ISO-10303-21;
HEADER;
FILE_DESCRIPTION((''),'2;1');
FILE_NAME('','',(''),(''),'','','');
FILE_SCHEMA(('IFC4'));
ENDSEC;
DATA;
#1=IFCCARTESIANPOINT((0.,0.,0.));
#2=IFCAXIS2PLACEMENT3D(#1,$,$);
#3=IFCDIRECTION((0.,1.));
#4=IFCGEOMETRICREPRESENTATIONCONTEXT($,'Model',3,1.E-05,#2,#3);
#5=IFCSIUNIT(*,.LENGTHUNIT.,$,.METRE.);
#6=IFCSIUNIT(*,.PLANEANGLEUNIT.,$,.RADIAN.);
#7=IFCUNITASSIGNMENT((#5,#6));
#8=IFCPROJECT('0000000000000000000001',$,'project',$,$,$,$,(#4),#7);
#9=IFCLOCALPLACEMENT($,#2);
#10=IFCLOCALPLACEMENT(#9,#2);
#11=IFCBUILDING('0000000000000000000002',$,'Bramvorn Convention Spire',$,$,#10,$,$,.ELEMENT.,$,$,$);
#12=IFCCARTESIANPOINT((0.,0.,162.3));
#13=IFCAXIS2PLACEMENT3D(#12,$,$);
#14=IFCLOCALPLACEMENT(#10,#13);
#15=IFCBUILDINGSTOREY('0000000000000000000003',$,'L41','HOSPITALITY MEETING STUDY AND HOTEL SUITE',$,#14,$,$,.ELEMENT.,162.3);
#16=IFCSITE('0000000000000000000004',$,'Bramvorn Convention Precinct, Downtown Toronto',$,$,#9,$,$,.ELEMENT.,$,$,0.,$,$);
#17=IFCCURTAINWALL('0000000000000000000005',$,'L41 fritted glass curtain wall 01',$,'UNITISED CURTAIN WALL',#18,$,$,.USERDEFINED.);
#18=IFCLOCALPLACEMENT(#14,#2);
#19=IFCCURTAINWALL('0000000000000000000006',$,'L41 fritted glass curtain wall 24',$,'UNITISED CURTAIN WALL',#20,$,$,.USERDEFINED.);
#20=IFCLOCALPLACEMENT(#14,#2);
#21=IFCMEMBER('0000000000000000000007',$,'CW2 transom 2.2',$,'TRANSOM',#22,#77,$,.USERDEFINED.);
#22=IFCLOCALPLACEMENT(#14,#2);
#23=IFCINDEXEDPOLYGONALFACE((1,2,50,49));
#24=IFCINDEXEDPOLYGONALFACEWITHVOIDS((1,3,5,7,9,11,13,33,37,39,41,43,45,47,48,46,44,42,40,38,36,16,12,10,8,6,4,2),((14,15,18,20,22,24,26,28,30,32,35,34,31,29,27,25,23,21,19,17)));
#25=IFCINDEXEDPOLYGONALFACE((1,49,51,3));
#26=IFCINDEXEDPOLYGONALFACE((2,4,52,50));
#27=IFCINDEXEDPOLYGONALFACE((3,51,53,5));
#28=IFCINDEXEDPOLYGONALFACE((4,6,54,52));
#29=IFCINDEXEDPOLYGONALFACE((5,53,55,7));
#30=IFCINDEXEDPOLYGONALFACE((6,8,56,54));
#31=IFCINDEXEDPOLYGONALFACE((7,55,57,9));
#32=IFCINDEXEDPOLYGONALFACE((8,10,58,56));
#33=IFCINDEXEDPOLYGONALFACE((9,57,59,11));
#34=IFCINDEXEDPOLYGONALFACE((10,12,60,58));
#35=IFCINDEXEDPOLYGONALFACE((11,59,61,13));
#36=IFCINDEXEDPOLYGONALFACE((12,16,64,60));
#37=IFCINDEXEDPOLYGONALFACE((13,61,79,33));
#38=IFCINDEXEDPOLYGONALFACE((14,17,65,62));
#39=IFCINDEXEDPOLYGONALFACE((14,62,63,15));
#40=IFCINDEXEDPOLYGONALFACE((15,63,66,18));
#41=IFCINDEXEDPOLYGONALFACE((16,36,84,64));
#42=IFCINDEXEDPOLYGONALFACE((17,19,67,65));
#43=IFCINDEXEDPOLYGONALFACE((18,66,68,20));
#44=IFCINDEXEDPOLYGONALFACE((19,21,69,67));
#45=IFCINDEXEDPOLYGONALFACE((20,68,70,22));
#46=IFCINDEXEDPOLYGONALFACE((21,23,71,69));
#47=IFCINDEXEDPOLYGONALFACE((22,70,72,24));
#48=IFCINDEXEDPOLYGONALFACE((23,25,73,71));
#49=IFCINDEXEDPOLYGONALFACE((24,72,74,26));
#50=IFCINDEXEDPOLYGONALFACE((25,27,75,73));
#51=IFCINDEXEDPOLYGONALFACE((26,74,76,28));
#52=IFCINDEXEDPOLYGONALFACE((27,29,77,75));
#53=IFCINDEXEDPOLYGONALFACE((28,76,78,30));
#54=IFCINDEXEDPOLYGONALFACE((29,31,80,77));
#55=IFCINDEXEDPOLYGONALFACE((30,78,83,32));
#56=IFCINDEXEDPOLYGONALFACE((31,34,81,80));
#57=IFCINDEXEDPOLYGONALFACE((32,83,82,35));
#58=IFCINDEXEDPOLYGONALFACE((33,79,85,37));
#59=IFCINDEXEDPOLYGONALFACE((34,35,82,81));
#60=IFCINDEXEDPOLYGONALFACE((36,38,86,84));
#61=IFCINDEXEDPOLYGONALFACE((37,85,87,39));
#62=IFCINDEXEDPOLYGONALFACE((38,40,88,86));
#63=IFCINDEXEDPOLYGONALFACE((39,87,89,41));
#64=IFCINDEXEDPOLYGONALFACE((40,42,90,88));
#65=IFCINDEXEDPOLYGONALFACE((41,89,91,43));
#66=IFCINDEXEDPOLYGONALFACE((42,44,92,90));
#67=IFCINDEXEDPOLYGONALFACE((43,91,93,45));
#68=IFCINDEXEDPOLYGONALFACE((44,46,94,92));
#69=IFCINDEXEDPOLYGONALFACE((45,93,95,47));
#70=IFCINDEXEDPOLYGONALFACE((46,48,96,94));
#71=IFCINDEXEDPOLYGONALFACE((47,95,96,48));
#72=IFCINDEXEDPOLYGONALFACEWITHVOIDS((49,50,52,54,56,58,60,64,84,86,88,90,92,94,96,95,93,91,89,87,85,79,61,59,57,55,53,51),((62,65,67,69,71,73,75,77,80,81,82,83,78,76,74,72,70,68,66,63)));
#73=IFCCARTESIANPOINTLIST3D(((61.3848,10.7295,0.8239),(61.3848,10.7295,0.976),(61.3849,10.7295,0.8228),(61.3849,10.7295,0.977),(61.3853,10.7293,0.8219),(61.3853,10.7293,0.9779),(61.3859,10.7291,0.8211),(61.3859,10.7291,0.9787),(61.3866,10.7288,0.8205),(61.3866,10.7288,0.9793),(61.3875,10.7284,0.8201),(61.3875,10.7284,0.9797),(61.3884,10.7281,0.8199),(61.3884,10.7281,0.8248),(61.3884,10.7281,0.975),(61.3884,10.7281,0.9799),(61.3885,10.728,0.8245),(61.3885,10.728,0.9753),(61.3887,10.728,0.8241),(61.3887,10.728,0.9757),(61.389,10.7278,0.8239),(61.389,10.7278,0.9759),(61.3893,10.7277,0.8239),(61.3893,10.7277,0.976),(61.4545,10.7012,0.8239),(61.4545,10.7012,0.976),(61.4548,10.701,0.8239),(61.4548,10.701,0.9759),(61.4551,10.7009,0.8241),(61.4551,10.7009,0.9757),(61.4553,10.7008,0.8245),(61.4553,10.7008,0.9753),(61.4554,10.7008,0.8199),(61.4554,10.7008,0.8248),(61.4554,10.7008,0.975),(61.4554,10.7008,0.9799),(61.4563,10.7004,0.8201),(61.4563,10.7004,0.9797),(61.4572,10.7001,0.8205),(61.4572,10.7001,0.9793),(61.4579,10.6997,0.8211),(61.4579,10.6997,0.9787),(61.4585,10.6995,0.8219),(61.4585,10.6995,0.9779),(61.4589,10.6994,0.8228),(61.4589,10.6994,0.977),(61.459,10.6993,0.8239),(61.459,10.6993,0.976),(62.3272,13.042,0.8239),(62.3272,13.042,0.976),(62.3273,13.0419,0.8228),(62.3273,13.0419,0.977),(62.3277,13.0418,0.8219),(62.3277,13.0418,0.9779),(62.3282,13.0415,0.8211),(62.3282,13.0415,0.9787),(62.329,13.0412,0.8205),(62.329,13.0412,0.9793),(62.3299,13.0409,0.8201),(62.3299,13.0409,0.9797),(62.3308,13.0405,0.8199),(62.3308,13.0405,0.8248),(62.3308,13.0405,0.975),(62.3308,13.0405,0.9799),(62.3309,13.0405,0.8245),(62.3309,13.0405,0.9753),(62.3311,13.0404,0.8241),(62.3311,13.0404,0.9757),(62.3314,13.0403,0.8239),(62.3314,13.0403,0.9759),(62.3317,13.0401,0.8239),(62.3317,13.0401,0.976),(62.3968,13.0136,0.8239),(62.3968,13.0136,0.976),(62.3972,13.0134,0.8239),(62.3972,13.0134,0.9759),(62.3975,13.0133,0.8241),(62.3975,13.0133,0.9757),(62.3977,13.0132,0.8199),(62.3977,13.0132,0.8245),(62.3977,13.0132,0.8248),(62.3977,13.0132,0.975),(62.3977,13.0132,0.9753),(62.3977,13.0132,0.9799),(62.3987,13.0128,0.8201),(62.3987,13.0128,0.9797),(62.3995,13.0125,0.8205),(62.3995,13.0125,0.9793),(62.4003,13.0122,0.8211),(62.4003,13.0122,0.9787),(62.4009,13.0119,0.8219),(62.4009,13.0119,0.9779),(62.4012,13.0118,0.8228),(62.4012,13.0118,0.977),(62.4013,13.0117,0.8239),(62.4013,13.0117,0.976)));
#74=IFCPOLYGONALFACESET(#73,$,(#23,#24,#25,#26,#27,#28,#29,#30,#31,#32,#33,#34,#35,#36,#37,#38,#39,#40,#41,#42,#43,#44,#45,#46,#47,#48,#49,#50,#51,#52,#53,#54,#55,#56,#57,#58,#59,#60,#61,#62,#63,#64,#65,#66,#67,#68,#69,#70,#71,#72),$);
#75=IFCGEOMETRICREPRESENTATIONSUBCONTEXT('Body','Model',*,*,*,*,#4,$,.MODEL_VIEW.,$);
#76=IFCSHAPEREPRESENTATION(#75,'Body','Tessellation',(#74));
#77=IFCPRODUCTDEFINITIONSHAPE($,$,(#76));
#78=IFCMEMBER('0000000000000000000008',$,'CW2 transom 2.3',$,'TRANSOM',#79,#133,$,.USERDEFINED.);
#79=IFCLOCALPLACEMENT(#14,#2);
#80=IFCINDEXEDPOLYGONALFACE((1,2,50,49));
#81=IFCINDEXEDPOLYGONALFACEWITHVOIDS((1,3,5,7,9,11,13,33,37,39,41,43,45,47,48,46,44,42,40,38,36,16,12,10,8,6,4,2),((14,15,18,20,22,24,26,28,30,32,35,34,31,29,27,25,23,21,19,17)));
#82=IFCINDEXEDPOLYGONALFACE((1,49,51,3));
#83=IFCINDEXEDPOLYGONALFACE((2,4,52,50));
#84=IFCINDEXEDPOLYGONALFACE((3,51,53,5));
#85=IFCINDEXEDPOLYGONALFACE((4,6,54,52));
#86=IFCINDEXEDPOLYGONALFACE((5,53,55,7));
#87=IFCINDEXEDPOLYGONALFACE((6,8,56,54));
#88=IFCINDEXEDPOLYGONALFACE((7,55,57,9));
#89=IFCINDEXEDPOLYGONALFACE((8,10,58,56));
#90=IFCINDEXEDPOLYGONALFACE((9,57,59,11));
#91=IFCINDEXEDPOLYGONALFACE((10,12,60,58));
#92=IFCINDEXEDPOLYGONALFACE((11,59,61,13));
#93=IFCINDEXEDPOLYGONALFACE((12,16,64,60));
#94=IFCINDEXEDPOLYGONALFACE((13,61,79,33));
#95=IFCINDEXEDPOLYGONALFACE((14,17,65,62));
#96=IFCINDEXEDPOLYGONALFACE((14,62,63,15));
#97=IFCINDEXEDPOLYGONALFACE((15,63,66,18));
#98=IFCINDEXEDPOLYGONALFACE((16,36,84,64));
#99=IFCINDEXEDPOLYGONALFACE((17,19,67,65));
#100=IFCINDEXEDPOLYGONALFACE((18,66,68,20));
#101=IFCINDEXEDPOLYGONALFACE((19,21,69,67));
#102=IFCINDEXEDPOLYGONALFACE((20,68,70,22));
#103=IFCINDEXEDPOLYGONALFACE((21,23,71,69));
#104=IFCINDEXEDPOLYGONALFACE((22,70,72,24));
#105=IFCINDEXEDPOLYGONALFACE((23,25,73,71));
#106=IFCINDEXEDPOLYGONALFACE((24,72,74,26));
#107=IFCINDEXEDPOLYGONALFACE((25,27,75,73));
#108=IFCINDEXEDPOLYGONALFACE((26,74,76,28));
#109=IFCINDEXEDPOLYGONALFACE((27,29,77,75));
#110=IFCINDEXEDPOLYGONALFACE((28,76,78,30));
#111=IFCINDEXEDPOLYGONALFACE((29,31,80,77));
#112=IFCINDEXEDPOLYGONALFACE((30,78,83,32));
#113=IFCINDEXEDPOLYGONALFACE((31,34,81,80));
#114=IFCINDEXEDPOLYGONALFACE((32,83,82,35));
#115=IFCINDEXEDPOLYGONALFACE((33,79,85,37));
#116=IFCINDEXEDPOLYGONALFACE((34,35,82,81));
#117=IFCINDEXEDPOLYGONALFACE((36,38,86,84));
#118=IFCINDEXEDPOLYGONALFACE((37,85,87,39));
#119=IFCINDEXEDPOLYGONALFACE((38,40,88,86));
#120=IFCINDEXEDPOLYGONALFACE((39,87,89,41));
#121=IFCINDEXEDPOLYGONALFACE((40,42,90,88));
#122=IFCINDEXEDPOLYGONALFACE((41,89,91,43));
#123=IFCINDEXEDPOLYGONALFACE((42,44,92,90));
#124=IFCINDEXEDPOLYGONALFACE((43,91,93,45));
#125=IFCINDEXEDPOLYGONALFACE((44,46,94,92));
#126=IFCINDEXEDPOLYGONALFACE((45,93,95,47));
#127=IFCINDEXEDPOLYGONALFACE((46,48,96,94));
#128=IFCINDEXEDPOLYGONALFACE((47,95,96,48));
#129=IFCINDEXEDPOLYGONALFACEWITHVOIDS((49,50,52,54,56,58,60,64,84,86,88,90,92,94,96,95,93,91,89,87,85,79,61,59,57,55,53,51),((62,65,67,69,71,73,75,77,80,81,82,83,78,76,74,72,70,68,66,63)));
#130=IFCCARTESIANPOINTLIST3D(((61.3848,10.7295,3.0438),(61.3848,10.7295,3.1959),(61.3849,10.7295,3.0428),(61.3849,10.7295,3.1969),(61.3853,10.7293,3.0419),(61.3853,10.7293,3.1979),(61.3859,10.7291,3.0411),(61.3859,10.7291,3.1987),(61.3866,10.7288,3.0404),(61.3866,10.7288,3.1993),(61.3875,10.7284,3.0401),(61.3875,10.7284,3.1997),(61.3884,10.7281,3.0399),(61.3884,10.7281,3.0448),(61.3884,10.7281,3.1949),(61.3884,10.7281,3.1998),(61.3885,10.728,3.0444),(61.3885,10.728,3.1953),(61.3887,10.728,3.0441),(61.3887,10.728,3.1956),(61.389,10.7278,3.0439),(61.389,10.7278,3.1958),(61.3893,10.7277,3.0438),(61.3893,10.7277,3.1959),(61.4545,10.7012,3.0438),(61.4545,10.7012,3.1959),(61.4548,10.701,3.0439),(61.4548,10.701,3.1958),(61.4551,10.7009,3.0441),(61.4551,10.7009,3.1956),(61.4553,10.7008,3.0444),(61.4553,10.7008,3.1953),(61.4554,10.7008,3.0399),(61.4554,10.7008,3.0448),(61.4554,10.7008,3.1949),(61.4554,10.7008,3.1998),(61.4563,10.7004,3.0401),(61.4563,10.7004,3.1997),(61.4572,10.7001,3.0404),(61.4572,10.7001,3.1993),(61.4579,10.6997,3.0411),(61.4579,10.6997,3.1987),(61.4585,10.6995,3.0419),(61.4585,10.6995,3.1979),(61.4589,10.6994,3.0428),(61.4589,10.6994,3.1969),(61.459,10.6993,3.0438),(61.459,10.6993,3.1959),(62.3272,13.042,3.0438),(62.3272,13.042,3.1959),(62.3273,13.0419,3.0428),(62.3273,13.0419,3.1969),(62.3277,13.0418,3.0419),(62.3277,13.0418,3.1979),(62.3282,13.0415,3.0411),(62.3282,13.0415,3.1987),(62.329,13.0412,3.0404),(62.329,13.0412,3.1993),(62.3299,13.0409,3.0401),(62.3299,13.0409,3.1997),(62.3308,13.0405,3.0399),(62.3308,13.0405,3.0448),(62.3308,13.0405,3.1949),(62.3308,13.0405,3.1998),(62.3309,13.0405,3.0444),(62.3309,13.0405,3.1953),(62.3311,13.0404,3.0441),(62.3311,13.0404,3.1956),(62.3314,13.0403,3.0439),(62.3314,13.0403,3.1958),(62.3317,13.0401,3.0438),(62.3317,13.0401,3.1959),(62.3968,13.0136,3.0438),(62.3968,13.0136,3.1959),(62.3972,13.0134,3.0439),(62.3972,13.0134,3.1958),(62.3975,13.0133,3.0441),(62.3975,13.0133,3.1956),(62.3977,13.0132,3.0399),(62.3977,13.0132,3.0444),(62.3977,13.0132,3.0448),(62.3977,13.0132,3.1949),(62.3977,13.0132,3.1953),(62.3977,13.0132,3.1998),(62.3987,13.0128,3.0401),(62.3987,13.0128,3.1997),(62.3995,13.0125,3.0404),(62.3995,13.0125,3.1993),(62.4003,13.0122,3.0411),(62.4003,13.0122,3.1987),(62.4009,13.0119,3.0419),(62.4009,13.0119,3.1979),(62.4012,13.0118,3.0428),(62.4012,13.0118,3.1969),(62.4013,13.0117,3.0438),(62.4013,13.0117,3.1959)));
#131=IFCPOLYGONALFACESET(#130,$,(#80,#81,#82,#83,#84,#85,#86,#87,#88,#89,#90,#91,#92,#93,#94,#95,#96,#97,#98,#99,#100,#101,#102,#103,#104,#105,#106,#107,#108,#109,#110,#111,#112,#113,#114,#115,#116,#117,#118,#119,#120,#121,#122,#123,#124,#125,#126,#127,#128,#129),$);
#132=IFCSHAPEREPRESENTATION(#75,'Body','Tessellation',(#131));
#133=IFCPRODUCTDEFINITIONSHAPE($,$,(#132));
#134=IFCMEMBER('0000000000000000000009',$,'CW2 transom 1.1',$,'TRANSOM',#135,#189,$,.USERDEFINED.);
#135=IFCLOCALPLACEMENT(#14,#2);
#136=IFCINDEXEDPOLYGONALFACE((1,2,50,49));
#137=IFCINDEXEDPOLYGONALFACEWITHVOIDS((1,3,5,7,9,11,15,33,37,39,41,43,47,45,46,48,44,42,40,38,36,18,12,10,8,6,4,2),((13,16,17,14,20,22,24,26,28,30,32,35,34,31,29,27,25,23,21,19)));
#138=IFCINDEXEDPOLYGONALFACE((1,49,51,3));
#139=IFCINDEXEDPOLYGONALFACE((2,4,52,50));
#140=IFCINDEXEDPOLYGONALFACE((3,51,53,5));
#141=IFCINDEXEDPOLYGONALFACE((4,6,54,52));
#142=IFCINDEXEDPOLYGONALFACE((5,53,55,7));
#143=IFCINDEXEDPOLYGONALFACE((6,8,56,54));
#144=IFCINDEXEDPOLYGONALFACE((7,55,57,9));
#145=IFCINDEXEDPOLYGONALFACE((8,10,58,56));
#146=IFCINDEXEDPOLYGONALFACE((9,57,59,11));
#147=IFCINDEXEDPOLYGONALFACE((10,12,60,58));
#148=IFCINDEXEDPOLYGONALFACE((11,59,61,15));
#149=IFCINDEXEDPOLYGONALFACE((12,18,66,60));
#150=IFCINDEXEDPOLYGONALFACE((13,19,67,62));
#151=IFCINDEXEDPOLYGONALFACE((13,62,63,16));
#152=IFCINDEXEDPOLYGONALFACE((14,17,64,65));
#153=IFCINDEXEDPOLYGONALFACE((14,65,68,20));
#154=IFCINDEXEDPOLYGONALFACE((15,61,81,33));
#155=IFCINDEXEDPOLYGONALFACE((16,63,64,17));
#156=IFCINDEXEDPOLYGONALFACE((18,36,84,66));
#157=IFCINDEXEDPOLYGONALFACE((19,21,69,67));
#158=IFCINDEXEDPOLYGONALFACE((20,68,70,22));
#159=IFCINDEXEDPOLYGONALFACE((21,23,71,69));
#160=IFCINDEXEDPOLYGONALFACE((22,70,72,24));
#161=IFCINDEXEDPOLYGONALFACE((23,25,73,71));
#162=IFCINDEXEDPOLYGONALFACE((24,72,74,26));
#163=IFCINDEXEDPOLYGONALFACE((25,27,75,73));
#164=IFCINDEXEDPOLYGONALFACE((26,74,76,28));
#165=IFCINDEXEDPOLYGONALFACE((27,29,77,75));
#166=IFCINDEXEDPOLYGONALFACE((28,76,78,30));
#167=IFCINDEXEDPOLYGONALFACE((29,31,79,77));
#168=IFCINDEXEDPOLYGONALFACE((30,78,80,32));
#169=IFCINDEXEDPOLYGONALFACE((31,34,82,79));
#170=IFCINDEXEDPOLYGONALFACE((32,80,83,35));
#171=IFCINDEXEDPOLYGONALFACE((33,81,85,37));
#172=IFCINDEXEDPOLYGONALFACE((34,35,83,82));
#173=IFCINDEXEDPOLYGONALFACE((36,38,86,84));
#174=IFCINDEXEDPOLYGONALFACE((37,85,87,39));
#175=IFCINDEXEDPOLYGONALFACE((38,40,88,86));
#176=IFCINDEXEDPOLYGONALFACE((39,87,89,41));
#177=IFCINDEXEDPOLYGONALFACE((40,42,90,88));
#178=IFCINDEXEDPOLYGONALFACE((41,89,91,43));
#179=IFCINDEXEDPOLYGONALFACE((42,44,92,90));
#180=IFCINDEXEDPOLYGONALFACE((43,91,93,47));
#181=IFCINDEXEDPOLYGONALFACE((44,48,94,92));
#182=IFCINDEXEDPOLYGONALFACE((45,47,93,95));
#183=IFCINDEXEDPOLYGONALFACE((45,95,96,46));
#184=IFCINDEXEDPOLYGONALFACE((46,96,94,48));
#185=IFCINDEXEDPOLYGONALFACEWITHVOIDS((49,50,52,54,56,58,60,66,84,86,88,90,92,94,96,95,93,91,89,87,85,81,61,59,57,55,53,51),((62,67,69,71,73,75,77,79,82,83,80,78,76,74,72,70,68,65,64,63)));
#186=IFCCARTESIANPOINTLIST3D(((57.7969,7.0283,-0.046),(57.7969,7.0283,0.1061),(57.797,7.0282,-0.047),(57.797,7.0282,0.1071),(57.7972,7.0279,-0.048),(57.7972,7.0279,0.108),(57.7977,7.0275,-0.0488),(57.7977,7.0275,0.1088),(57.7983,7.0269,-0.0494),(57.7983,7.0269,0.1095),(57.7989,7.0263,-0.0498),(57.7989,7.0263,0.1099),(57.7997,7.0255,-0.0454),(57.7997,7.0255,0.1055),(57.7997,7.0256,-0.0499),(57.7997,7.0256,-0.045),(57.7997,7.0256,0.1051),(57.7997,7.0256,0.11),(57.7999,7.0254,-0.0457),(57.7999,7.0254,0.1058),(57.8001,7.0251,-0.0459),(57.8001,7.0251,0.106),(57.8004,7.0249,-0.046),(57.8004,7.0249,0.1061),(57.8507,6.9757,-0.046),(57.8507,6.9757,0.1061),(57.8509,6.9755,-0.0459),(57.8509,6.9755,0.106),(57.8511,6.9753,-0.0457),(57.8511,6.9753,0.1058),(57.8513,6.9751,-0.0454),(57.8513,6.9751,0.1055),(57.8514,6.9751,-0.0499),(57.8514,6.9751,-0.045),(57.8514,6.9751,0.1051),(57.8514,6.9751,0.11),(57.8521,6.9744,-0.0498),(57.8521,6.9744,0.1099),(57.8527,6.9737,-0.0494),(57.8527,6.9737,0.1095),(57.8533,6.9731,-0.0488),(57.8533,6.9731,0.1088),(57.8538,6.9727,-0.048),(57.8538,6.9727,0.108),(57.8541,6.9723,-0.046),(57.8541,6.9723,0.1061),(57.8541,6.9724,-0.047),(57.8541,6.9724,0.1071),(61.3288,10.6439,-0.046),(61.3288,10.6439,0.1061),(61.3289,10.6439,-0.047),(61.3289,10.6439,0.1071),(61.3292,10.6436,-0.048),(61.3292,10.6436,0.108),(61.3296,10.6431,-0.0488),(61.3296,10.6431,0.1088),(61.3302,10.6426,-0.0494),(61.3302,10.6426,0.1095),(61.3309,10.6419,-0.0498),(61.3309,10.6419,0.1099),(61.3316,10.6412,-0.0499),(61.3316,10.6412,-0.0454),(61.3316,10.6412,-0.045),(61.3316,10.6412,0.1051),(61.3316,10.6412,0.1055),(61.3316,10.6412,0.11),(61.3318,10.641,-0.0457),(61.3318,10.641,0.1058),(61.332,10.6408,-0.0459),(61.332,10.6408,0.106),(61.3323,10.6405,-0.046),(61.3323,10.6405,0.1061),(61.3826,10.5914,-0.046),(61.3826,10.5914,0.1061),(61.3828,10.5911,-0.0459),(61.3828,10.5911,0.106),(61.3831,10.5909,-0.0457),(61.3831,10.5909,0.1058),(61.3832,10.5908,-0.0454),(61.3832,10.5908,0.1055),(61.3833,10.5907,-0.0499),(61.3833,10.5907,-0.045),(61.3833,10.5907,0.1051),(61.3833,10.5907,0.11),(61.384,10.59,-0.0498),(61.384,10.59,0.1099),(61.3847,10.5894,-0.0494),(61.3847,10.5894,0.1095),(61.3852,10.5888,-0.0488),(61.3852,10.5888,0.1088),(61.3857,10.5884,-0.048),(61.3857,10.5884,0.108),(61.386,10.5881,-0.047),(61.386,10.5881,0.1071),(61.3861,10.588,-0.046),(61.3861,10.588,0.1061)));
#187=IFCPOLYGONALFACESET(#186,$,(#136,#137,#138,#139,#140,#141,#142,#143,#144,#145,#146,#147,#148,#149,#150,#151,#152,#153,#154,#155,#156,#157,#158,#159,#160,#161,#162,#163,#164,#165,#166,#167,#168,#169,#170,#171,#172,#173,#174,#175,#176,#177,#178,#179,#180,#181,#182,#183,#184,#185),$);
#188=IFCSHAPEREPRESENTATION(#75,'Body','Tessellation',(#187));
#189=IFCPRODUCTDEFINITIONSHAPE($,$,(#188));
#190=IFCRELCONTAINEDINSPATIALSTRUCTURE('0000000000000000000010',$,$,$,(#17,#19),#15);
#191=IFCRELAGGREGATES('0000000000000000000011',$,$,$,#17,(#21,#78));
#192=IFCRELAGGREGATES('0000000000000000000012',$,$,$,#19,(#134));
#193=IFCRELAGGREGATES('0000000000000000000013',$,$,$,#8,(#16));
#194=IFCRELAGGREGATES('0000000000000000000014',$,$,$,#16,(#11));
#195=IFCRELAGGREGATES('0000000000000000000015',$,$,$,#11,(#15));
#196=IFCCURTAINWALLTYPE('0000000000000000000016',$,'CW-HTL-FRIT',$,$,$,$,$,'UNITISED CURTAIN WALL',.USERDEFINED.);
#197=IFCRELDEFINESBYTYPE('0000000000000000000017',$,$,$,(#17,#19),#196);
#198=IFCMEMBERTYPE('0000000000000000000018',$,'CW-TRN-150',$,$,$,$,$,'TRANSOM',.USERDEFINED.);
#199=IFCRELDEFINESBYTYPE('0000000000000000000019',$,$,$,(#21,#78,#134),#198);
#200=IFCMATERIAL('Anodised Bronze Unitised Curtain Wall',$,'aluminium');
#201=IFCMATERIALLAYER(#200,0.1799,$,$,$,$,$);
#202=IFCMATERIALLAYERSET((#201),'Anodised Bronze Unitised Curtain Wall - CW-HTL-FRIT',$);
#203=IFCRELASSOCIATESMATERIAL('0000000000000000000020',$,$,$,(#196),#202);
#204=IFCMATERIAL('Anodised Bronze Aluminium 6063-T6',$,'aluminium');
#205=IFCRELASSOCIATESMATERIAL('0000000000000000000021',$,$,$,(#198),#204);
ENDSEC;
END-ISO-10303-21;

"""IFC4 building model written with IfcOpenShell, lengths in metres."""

from ifc_helpers import new_model, si_unit, direction, frame, origin, origin_2d, place, context, subcontext, project, spatial, hollow_rectangle, extrude, material, layer, layer_set, material_profile, profile_set, type_object, element, aggregate, save


model = new_model("IFC4")

# Units and contexts
model_context = context("Model", 3, precision=1e-05, world=origin(), true_north=direction((0.0, 1.0)))
body_context = subcontext(model_context, "Body", "Model", "MODEL_VIEW")
ifc_project = project(units=[si_unit("LENGTHUNIT", "METRE"), si_unit("PLANEANGLEUNIT", "RADIAN")], contexts=[model_context])

# Site, building, storey
site_placement = place(None, origin())
site = spatial("IfcSite", under=ifc_project, at=site_placement, Name="Bramvorn Convention Precinct, Downtown Toronto", CompositionType="ELEMENT", RefElevation=0.0)
building_placement = place(site_placement, origin())
building = spatial("IfcBuilding", under=site, at=building_placement, Name="Bramvorn Convention Spire", CompositionType="ELEMENT")
storey_placement = place(building_placement, frame((0.0, 0.0, 162.3)))
storey = spatial("IfcBuildingStorey", under=building, at=storey_placement, Name="L41", Description="HOSPITALITY MEETING STUDY AND HOTEL SUITE", CompositionType="ELEMENT", Elevation=162.3)

# Curtain walls
ifc_material_1 = material(Name="Anodised Bronze Unitised Curtain Wall", Category="aluminium")
ifc_layer_1 = layer(ifc_material_1, 0.1799)
ifc_layer_set_1 = layer_set([ifc_layer_1], Name="Anodised Bronze Unitised Curtain Wall - CW-HTL-FRIT")
curtain_wall_type = type_object("IfcCurtainWallType", Name="CW-HTL-FRIT", ElementType="UNITISED CURTAIN WALL", PredefinedType="USERDEFINED", material=ifc_layer_set_1)
curtain_wall_1_placement = place(storey_placement, origin())
curtain_wall_1 = element("IfcCurtainWall", 1, at=curtain_wall_1_placement, inside=storey, type_object=curtain_wall_type, Name="L41 fritted glass curtain wall 01", ObjectType="UNITISED CURTAIN WALL", PredefinedType="USERDEFINED")
ifc_material_2 = material(Name="Anodised Bronze Aluminium 6063-T6", Category="aluminium")
curtain_wall_2_placement = place(storey_placement, origin())
curtain_wall_2 = element("IfcCurtainWall", 2, at=curtain_wall_2_placement, inside=storey, type_object=curtain_wall_type, Name="L41 fritted glass curtain wall 24", ObjectType="UNITISED CURTAIN WALL", PredefinedType="USERDEFINED")

# Members
ifc_material_profile_1 = material_profile(ifc_material_2, hollow_rectangle(XDim=0.0801, YDim=0.1599, WallThickness=0.0039, InnerFilletRadius=0.001, OuterFilletRadius=0.0039, at=origin_2d()))
ifc_profile_set_1 = profile_set([ifc_material_profile_1], Name="Anodised Bronze Aluminium 6063-T6 - CWT80X160")
member_type_1 = type_object("IfcMemberType", Name="CW-TRN-150", ElementType="TRANSOM", PredefinedType="USERDEFINED", material=ifc_profile_set_1)
member_1_placement = place(storey_placement, frame((62.3643, 13.0269, 0.8999), z_axis=(-0.377384, -0.926057, 0.0), x_axis=(0.926057, -0.377384, 0.0)))
member_1 = element("IfcMember", 3, at=member_1_placement, type_object=member_type_1, Name="CW2 transom 2.2", ObjectType="TRANSOM", PredefinedType="USERDEFINED", context=body_context, shape_type="SweptSolid", body=[
    extrude(hollow_rectangle(XDim=0.0801, YDim=0.1599, WallThickness=0.0039, InnerFilletRadius=0.001, OuterFilletRadius=0.0039, at=origin_2d()), origin(), (0.0, 0.0, 1.0), 2.4971),
])
member_2_placement = place(storey_placement, frame((62.3643, 13.0269, 3.1199), z_axis=(-0.377384, -0.926057, 0.0), x_axis=(0.926057, -0.377384, 0.0)))
member_2 = element("IfcMember", 4, at=member_2_placement, type_object=member_type_1, Name="CW2 transom 2.3", ObjectType="TRANSOM", PredefinedType="USERDEFINED", context=body_context, shape_type="SweptSolid", body=[
    extrude(hollow_rectangle(XDim=0.0801, YDim=0.1599, WallThickness=0.0039, InnerFilletRadius=0.001, OuterFilletRadius=0.0039, at=origin_2d()), origin(), (0.0, 0.0, 1.0), 2.4971),
])
member_3_placement = place(storey_placement, frame((61.3574, 10.616, 0.03), z_axis=(-0.698775, -0.715342, 0.0), x_axis=(0.715342, -0.698775, 0.0)))
member_3 = element("IfcMember", 5, at=member_3_placement, type_object=member_type_1, Name="CW2 transom 1.1", ObjectType="TRANSOM", PredefinedType="USERDEFINED", context=body_context, shape_type="SweptSolid", body=[
    extrude(hollow_rectangle(XDim=0.0801, YDim=0.1599, WallThickness=0.0039, InnerFilletRadius=0.001, OuterFilletRadius=0.0039, at=origin_2d()), origin(), (0.0, 0.0, 1.0), 5.0544),
])

aggregate(curtain_wall_1, [member_1, member_2])
aggregate(curtain_wall_2, [member_3])

save(model, "model.ifc")
